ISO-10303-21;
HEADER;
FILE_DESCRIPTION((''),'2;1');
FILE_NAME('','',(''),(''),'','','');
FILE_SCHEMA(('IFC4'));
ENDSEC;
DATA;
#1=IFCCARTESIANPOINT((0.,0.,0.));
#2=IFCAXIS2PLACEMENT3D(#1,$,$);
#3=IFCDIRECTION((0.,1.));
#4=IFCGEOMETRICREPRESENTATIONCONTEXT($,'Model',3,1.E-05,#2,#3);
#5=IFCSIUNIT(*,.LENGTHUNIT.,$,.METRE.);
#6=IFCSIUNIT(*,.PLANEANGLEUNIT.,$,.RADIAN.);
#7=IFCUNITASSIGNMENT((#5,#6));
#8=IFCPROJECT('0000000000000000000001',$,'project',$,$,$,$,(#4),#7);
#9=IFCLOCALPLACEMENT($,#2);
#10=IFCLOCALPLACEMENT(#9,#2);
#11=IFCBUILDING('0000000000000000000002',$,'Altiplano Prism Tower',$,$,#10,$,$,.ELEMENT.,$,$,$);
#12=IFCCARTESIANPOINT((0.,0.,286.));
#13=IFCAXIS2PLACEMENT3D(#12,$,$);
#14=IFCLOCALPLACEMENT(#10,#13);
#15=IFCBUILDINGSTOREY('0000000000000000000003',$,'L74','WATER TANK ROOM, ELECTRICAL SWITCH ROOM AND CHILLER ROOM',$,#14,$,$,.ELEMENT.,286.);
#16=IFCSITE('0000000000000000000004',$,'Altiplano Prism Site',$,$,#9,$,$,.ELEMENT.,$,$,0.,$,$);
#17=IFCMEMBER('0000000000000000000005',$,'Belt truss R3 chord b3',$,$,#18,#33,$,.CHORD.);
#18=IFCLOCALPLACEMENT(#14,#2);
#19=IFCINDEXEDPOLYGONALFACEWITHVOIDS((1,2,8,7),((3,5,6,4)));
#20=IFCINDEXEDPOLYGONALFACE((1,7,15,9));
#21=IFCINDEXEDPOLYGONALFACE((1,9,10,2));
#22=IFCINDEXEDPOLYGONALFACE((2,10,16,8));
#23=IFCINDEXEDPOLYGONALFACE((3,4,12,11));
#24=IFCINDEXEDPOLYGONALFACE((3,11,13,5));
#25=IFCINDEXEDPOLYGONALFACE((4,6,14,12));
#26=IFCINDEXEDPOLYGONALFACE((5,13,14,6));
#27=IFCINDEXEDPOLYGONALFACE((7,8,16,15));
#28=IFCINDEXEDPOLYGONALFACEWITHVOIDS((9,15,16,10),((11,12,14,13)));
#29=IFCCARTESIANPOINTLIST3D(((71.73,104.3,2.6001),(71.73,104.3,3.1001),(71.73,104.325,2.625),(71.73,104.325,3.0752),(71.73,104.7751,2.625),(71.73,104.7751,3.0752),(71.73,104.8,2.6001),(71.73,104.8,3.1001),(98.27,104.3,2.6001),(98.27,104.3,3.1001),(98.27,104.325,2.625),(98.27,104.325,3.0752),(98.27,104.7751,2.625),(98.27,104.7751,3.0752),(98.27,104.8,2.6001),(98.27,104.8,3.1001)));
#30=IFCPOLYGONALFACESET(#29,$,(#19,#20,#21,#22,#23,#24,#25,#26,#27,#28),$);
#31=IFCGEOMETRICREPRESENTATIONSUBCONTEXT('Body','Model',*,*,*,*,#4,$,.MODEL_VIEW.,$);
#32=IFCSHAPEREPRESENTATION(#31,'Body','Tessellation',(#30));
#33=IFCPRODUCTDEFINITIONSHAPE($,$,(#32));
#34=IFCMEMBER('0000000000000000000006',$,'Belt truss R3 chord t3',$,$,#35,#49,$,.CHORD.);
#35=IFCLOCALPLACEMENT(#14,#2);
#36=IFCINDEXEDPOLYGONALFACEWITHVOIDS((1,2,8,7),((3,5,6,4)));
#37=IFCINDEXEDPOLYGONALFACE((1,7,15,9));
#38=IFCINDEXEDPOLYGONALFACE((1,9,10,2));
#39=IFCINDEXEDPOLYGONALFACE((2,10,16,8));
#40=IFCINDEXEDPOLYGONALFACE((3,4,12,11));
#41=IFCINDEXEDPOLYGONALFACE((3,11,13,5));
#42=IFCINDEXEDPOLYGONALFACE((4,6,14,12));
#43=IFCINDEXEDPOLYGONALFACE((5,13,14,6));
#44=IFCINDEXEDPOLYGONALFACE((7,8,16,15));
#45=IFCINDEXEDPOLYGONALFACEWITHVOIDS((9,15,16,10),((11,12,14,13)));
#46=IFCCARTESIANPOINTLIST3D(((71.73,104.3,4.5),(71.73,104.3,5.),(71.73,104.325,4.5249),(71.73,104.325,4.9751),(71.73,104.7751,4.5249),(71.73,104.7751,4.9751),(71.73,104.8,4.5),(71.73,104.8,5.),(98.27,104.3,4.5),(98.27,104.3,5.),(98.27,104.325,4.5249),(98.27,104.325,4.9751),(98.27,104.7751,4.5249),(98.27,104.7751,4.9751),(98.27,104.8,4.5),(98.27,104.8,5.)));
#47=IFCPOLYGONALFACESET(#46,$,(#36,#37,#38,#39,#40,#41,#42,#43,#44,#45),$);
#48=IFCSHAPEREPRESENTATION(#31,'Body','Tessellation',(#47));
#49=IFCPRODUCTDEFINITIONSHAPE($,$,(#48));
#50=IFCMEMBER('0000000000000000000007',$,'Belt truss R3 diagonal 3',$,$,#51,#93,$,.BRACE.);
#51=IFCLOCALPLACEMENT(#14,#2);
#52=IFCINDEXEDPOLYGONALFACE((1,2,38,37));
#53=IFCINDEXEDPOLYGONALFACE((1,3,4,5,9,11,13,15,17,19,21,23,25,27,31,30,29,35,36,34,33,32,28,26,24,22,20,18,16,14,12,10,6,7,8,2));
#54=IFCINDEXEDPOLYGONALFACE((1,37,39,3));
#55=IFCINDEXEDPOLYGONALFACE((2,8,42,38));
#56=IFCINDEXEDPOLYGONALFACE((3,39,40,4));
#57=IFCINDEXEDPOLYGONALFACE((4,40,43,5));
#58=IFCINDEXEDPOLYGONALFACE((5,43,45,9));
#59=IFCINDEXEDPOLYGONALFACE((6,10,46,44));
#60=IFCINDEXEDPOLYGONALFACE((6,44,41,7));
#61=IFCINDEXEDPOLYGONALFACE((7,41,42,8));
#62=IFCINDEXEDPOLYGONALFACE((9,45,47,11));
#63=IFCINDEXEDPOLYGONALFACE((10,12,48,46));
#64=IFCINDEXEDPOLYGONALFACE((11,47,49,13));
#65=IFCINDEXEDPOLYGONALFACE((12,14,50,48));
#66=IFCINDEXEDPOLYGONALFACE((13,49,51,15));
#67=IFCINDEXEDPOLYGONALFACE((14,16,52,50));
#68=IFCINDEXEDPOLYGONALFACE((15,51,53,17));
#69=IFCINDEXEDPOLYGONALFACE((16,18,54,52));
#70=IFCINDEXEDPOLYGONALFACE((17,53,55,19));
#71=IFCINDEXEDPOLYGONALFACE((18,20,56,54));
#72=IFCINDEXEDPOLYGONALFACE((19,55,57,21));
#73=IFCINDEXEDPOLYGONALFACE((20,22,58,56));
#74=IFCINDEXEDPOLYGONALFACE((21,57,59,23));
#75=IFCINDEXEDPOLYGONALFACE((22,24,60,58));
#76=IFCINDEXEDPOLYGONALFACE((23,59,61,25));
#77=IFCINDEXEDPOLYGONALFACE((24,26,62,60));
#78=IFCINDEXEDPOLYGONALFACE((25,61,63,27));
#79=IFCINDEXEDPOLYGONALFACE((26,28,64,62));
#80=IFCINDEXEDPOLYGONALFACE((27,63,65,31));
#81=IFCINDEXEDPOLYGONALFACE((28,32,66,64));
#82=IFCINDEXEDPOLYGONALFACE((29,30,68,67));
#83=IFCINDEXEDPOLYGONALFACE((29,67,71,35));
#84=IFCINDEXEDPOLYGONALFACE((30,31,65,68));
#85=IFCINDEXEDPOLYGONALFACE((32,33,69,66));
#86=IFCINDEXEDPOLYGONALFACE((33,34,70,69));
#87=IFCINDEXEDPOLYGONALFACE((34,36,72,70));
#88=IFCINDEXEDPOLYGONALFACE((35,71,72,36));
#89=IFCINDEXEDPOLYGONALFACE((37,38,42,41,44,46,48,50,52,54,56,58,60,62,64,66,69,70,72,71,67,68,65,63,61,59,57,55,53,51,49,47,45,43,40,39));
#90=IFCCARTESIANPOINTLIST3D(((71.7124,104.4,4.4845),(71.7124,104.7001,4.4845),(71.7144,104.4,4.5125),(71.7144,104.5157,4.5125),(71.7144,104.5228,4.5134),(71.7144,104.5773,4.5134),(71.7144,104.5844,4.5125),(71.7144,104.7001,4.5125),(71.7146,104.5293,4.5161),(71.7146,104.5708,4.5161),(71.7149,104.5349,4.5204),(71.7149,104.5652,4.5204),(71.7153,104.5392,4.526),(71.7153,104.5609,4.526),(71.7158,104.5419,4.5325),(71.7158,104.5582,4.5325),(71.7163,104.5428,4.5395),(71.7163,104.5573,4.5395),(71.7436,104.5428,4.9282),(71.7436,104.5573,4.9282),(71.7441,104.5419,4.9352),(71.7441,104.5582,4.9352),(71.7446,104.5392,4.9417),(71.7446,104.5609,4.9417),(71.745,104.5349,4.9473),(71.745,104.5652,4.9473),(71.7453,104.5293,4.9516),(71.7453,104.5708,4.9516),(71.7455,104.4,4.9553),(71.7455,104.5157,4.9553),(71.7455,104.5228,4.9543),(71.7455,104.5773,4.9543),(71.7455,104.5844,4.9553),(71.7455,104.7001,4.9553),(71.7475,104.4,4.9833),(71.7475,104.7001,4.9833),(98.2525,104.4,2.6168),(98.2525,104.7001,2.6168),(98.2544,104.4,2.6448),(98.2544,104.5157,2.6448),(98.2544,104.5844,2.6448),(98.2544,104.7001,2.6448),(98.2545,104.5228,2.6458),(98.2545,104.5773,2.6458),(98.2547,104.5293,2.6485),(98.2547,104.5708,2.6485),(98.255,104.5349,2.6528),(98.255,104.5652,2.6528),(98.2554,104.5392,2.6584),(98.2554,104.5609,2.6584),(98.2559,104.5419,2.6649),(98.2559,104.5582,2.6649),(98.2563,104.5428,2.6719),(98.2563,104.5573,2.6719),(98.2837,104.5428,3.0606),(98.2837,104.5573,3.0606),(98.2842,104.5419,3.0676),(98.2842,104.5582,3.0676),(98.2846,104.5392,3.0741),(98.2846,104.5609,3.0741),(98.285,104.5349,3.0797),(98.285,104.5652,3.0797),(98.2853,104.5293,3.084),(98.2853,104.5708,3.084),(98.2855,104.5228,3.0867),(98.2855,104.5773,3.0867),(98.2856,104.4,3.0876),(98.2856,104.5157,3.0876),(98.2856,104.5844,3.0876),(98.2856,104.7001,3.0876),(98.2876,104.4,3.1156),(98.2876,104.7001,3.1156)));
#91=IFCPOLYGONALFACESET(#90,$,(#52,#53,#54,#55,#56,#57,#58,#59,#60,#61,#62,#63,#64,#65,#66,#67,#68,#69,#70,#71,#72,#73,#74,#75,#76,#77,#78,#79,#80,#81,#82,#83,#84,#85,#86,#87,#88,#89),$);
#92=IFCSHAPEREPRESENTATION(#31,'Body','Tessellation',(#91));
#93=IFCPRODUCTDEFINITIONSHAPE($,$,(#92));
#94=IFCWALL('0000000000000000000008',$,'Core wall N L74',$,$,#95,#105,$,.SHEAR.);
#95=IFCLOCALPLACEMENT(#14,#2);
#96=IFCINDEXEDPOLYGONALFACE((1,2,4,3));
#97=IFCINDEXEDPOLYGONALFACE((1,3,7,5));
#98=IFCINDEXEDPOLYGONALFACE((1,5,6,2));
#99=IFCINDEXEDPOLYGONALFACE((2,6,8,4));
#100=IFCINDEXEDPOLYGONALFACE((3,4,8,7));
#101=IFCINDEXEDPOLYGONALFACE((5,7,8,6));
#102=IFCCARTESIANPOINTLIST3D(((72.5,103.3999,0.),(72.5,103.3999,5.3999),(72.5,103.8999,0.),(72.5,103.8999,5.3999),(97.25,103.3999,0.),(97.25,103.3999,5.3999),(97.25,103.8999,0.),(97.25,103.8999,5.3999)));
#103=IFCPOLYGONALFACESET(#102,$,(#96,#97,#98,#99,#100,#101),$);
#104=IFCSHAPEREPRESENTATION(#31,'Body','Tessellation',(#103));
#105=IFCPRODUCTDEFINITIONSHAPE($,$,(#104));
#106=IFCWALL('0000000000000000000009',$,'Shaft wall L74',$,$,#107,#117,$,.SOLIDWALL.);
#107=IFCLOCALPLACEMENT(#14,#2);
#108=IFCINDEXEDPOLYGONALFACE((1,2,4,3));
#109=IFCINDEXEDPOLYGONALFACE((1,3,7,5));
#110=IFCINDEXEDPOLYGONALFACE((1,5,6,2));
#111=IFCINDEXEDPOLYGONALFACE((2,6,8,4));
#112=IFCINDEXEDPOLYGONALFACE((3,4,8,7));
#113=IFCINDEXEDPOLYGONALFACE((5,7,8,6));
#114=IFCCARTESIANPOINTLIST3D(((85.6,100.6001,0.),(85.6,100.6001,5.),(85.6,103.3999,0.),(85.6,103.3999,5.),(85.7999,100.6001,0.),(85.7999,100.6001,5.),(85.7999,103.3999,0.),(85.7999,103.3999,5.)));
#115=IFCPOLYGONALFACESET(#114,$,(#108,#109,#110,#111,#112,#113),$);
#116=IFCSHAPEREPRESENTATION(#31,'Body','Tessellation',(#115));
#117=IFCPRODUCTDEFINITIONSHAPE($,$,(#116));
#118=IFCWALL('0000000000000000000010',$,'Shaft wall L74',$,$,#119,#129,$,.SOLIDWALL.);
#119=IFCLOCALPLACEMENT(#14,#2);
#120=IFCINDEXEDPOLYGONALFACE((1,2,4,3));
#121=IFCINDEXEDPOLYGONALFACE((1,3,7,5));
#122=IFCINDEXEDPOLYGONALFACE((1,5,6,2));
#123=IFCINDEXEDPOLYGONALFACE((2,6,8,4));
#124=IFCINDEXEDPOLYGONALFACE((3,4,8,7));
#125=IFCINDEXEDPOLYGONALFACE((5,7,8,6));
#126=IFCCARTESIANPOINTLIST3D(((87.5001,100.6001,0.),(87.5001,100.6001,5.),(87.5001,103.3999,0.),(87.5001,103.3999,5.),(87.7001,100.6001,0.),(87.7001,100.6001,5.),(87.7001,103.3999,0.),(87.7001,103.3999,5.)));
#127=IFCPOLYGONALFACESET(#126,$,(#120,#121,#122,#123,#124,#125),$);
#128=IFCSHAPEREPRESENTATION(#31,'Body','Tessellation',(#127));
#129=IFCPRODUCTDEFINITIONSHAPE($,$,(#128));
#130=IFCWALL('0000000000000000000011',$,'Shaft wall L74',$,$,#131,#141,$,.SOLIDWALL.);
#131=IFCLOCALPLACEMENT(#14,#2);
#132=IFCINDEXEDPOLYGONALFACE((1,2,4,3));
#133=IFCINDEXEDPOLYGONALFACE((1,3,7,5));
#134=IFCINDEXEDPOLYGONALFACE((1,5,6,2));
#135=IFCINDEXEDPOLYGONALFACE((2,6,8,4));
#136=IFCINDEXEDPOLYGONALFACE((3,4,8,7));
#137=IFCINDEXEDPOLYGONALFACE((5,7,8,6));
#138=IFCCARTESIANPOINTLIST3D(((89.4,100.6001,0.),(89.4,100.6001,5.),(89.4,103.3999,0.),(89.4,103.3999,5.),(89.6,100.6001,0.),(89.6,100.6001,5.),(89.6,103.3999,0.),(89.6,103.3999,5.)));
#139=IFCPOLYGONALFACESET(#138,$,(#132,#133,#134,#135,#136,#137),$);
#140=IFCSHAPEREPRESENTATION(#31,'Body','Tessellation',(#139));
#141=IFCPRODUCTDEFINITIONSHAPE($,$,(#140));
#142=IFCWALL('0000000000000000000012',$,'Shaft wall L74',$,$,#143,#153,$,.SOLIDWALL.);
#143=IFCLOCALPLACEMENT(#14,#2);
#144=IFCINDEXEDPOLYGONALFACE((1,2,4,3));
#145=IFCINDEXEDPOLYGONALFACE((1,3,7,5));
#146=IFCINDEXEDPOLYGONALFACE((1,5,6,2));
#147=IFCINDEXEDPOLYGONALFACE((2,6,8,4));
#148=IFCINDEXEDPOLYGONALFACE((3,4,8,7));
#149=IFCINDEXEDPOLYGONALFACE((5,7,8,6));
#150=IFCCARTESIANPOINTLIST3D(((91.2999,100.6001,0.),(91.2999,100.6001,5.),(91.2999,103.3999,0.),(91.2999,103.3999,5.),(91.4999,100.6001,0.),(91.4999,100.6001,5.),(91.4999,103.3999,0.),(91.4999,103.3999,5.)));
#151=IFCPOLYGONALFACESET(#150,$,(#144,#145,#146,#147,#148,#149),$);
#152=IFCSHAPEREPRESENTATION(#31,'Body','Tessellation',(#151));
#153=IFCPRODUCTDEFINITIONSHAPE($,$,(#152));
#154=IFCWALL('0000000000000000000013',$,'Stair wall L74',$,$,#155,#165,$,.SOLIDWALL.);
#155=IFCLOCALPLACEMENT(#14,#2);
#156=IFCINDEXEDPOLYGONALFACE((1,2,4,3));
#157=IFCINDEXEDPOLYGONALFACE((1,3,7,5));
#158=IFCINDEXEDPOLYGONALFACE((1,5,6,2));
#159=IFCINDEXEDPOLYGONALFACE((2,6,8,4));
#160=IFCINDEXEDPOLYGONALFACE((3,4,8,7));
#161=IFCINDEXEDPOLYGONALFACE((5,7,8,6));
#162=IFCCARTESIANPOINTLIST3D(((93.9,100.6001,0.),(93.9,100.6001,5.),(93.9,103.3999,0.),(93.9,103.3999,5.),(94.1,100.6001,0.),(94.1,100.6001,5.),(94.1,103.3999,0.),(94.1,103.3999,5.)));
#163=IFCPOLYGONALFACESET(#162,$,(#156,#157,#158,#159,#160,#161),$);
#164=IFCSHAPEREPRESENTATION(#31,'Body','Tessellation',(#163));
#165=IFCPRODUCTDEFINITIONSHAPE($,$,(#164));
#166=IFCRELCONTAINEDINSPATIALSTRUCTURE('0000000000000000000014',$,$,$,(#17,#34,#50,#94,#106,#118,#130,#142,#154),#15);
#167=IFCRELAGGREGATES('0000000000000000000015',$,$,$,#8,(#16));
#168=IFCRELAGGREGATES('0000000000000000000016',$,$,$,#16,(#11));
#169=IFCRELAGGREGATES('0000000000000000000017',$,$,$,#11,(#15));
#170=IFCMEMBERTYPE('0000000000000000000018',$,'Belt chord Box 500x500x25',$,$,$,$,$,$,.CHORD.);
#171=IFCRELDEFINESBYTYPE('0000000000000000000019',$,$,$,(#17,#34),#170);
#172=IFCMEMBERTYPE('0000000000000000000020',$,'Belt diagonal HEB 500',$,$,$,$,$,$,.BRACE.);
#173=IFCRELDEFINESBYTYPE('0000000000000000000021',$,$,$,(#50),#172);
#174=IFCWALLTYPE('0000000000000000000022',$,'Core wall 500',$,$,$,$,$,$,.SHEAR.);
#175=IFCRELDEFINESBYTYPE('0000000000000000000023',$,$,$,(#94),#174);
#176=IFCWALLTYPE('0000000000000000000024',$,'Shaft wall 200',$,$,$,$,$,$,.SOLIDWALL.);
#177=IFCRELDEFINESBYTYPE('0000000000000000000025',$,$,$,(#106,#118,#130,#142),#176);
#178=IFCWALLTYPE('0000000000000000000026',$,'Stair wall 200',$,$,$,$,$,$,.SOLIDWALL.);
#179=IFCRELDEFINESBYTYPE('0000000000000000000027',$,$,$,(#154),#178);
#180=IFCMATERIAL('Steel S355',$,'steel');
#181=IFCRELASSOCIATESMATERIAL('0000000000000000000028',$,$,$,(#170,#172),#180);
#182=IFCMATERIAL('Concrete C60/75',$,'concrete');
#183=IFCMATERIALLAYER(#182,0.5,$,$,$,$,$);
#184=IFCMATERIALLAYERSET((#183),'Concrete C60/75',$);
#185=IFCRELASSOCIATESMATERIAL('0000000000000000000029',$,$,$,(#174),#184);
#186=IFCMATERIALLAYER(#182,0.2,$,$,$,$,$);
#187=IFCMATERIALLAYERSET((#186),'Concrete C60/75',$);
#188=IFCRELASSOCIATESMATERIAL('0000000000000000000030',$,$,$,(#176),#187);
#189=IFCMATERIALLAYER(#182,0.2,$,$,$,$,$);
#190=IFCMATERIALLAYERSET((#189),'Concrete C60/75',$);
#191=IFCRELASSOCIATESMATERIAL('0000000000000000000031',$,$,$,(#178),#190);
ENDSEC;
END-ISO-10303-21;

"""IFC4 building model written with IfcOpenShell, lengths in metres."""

from ifc_helpers import new_model, si_unit, direction, frame, frame_2d, origin, origin_2d, place, context, subcontext, project, spatial, rectangle, hollow_rectangle, i_section, extrude, material, layer, layer_set, material_profile, profile_set, type_object, element, save


model = new_model("IFC4")

# Units and contexts
model_context = context("Model", 3, precision=1e-05, world=origin(), true_north=direction((0.0, 1.0)))
body_context = subcontext(model_context, "Body", "Model", "MODEL_VIEW")
ifc_project = project(units=[si_unit("LENGTHUNIT", "METRE"), si_unit("PLANEANGLEUNIT", "RADIAN")], contexts=[model_context])

# Site, building, storey
site_placement = place(None, origin())
site = spatial("IfcSite", under=ifc_project, at=site_placement, Name="Altiplano Prism Site", CompositionType="ELEMENT", RefElevation=0.0)
building_placement = place(site_placement, origin())
building = spatial("IfcBuilding", under=site, at=building_placement, Name="Altiplano Prism Tower", CompositionType="ELEMENT")
storey_placement = place(building_placement, frame((0.0, 0.0, 286.0)))
storey = spatial("IfcBuildingStorey", under=building, at=storey_placement, Name="L74", Description="WATER TANK ROOM, ELECTRICAL SWITCH ROOM AND CHILLER ROOM", CompositionType="ELEMENT", Elevation=286.0)

# Members
ifc_material_1 = material(Name="Steel S355", Category="steel")
ifc_material_profile_1 = material_profile(ifc_material_1, hollow_rectangle(XDim=0.5, YDim=0.5, WallThickness=0.0249, at=origin_2d()), Name="Belt chord Box 500x500x25")
ifc_profile_set_1 = profile_set([ifc_material_profile_1], Name="Steel S355")
member_type_1 = type_object("IfcMemberType", Name="Belt chord Box 500x500x25", PredefinedType="CHORD", material=ifc_profile_set_1)
for number, where, z_axis, x_axis, name in (
    (1, (98.27, 104.55, 2.8501), (-1.0, 0.0, 0.0), (0.0, -1.0, 0.0), "Belt truss R3 chord b3"),
    (2, (98.27, 104.55, 4.75), (-1.0, 0.0, 0.0), (0.0, -1.0, 0.0), "Belt truss R3 chord t3"),
):
    element("IfcMember", number, at=place(storey_placement, frame(where, z_axis=z_axis, x_axis=x_axis)), inside=storey, type_object=member_type_1, Name=name, PredefinedType="CHORD", context=body_context, shape_type="SweptSolid", body=[
        extrude(hollow_rectangle(XDim=0.5, YDim=0.5, WallThickness=0.0249, at=origin_2d()), origin(), (0.0, 0.0, 1.0), 26.54),
    ])
ifc_material_profile_2 = material_profile(ifc_material_1, i_section(OverallWidth=0.3, OverallDepth=0.5, WebThickness=0.0144, FlangeThickness=0.0281, FilletRadius=0.0271, at=origin_2d()), Name="Belt diagonal HEB 500")
ifc_profile_set_2 = profile_set([ifc_material_profile_2], Name="Steel S355")
member_type_2 = type_object("IfcMemberType", Name="Belt diagonal HEB 500", PredefinedType="BRACE", material=ifc_profile_set_2)
member_placement = place(storey_placement, frame((98.27, 104.55, 2.8662), z_axis=(-0.997533, 0.0, 0.070198), x_axis=(0.0, -1.0, 0.0)))
element("IfcMember", 3, at=member_placement, inside=storey, type_object=member_type_2, Name="Belt truss R3 diagonal 3", PredefinedType="BRACE", context=body_context, shape_type="SweptSolid", body=[
    extrude(i_section(OverallWidth=0.3, OverallDepth=0.5, WebThickness=0.0144, FlangeThickness=0.0281, FilletRadius=0.0271, at=origin_2d()), origin(), (0.0, 0.0, 1.0), 26.6057),
])

# Walls
ifc_material_2 = material(Name="Concrete C60/75", Category="concrete")
ifc_layer_1 = layer(ifc_material_2, 0.5)
ifc_layer_set_1 = layer_set([ifc_layer_1], Name="Concrete C60/75")
wall_type_1 = type_object("IfcWallType", Name="Core wall 500", PredefinedType="SHEAR", material=ifc_layer_set_1)
wall_1_placement = place(storey_placement, frame((97.25, 103.6499, 0.0), z_axis=(0.0, 0.0, 1.0), x_axis=(-1.0, 0.0, 0.0)))
element("IfcWall", 4, at=wall_1_placement, inside=storey, type_object=wall_type_1, Name="Core wall N L74", PredefinedType="SHEAR", context=body_context, shape_type="SweptSolid", body=[
    extrude(rectangle(XDim=24.75, YDim=0.5, at=frame_2d((12.375, 0.0))), origin(), (0.0, 0.0, 1.0), 5.3999),
])
ifc_layer_2 = layer(ifc_material_2, 0.2)
ifc_layer_set_2 = layer_set([ifc_layer_2], Name="Concrete C60/75")
wall_type_2 = type_object("IfcWallType", Name="Shaft wall 200", PredefinedType="SOLIDWALL", material=ifc_layer_set_2)
for number, where, z_axis, x_axis, name in (
    (5, (85.7, 100.6001, 0.0), (0.0, 0.0, 1.0), (0.0, 1.0, 0.0), "Shaft wall L74"),
    (6, (87.6001, 100.6001, 0.0), (0.0, 0.0, 1.0), (0.0, 1.0, 0.0), "Shaft wall L74"),
    (7, (89.5, 100.6001, 0.0), (0.0, 0.0, 1.0), (0.0, 1.0, 0.0), "Shaft wall L74"),
    (8, (91.3999, 100.6001, 0.0), (0.0, 0.0, 1.0), (0.0, 1.0, 0.0), "Shaft wall L74"),
):
    element("IfcWall", number, at=place(storey_placement, frame(where, z_axis=z_axis, x_axis=x_axis)), inside=storey, type_object=wall_type_2, Name=name, PredefinedType="SOLIDWALL", context=body_context, shape_type="SweptSolid", body=[
        extrude(rectangle(XDim=2.7998, YDim=0.2, at=frame_2d((1.3999, 0.0))), origin(), (0.0, 0.0, 1.0), 5.0),
    ])
ifc_layer_3 = layer(ifc_material_2, 0.2)
ifc_layer_set_3 = layer_set([ifc_layer_3], Name="Concrete C60/75")
wall_type_3 = type_object("IfcWallType", Name="Stair wall 200", PredefinedType="SOLIDWALL", material=ifc_layer_set_3)
wall_2_placement = place(storey_placement, frame((94.0, 100.6001, 0.0), z_axis=(0.0, 0.0, 1.0), x_axis=(0.0, 1.0, 0.0)))
element("IfcWall", 9, at=wall_2_placement, inside=storey, type_object=wall_type_3, Name="Stair wall L74", PredefinedType="SOLIDWALL", context=body_context, shape_type="SweptSolid", body=[
    extrude(rectangle(XDim=2.7998, YDim=0.2, at=frame_2d((1.3999, 0.0))), origin(), (0.0, 0.0, 1.0), 5.0),
])

save(model, "model.ifc")
